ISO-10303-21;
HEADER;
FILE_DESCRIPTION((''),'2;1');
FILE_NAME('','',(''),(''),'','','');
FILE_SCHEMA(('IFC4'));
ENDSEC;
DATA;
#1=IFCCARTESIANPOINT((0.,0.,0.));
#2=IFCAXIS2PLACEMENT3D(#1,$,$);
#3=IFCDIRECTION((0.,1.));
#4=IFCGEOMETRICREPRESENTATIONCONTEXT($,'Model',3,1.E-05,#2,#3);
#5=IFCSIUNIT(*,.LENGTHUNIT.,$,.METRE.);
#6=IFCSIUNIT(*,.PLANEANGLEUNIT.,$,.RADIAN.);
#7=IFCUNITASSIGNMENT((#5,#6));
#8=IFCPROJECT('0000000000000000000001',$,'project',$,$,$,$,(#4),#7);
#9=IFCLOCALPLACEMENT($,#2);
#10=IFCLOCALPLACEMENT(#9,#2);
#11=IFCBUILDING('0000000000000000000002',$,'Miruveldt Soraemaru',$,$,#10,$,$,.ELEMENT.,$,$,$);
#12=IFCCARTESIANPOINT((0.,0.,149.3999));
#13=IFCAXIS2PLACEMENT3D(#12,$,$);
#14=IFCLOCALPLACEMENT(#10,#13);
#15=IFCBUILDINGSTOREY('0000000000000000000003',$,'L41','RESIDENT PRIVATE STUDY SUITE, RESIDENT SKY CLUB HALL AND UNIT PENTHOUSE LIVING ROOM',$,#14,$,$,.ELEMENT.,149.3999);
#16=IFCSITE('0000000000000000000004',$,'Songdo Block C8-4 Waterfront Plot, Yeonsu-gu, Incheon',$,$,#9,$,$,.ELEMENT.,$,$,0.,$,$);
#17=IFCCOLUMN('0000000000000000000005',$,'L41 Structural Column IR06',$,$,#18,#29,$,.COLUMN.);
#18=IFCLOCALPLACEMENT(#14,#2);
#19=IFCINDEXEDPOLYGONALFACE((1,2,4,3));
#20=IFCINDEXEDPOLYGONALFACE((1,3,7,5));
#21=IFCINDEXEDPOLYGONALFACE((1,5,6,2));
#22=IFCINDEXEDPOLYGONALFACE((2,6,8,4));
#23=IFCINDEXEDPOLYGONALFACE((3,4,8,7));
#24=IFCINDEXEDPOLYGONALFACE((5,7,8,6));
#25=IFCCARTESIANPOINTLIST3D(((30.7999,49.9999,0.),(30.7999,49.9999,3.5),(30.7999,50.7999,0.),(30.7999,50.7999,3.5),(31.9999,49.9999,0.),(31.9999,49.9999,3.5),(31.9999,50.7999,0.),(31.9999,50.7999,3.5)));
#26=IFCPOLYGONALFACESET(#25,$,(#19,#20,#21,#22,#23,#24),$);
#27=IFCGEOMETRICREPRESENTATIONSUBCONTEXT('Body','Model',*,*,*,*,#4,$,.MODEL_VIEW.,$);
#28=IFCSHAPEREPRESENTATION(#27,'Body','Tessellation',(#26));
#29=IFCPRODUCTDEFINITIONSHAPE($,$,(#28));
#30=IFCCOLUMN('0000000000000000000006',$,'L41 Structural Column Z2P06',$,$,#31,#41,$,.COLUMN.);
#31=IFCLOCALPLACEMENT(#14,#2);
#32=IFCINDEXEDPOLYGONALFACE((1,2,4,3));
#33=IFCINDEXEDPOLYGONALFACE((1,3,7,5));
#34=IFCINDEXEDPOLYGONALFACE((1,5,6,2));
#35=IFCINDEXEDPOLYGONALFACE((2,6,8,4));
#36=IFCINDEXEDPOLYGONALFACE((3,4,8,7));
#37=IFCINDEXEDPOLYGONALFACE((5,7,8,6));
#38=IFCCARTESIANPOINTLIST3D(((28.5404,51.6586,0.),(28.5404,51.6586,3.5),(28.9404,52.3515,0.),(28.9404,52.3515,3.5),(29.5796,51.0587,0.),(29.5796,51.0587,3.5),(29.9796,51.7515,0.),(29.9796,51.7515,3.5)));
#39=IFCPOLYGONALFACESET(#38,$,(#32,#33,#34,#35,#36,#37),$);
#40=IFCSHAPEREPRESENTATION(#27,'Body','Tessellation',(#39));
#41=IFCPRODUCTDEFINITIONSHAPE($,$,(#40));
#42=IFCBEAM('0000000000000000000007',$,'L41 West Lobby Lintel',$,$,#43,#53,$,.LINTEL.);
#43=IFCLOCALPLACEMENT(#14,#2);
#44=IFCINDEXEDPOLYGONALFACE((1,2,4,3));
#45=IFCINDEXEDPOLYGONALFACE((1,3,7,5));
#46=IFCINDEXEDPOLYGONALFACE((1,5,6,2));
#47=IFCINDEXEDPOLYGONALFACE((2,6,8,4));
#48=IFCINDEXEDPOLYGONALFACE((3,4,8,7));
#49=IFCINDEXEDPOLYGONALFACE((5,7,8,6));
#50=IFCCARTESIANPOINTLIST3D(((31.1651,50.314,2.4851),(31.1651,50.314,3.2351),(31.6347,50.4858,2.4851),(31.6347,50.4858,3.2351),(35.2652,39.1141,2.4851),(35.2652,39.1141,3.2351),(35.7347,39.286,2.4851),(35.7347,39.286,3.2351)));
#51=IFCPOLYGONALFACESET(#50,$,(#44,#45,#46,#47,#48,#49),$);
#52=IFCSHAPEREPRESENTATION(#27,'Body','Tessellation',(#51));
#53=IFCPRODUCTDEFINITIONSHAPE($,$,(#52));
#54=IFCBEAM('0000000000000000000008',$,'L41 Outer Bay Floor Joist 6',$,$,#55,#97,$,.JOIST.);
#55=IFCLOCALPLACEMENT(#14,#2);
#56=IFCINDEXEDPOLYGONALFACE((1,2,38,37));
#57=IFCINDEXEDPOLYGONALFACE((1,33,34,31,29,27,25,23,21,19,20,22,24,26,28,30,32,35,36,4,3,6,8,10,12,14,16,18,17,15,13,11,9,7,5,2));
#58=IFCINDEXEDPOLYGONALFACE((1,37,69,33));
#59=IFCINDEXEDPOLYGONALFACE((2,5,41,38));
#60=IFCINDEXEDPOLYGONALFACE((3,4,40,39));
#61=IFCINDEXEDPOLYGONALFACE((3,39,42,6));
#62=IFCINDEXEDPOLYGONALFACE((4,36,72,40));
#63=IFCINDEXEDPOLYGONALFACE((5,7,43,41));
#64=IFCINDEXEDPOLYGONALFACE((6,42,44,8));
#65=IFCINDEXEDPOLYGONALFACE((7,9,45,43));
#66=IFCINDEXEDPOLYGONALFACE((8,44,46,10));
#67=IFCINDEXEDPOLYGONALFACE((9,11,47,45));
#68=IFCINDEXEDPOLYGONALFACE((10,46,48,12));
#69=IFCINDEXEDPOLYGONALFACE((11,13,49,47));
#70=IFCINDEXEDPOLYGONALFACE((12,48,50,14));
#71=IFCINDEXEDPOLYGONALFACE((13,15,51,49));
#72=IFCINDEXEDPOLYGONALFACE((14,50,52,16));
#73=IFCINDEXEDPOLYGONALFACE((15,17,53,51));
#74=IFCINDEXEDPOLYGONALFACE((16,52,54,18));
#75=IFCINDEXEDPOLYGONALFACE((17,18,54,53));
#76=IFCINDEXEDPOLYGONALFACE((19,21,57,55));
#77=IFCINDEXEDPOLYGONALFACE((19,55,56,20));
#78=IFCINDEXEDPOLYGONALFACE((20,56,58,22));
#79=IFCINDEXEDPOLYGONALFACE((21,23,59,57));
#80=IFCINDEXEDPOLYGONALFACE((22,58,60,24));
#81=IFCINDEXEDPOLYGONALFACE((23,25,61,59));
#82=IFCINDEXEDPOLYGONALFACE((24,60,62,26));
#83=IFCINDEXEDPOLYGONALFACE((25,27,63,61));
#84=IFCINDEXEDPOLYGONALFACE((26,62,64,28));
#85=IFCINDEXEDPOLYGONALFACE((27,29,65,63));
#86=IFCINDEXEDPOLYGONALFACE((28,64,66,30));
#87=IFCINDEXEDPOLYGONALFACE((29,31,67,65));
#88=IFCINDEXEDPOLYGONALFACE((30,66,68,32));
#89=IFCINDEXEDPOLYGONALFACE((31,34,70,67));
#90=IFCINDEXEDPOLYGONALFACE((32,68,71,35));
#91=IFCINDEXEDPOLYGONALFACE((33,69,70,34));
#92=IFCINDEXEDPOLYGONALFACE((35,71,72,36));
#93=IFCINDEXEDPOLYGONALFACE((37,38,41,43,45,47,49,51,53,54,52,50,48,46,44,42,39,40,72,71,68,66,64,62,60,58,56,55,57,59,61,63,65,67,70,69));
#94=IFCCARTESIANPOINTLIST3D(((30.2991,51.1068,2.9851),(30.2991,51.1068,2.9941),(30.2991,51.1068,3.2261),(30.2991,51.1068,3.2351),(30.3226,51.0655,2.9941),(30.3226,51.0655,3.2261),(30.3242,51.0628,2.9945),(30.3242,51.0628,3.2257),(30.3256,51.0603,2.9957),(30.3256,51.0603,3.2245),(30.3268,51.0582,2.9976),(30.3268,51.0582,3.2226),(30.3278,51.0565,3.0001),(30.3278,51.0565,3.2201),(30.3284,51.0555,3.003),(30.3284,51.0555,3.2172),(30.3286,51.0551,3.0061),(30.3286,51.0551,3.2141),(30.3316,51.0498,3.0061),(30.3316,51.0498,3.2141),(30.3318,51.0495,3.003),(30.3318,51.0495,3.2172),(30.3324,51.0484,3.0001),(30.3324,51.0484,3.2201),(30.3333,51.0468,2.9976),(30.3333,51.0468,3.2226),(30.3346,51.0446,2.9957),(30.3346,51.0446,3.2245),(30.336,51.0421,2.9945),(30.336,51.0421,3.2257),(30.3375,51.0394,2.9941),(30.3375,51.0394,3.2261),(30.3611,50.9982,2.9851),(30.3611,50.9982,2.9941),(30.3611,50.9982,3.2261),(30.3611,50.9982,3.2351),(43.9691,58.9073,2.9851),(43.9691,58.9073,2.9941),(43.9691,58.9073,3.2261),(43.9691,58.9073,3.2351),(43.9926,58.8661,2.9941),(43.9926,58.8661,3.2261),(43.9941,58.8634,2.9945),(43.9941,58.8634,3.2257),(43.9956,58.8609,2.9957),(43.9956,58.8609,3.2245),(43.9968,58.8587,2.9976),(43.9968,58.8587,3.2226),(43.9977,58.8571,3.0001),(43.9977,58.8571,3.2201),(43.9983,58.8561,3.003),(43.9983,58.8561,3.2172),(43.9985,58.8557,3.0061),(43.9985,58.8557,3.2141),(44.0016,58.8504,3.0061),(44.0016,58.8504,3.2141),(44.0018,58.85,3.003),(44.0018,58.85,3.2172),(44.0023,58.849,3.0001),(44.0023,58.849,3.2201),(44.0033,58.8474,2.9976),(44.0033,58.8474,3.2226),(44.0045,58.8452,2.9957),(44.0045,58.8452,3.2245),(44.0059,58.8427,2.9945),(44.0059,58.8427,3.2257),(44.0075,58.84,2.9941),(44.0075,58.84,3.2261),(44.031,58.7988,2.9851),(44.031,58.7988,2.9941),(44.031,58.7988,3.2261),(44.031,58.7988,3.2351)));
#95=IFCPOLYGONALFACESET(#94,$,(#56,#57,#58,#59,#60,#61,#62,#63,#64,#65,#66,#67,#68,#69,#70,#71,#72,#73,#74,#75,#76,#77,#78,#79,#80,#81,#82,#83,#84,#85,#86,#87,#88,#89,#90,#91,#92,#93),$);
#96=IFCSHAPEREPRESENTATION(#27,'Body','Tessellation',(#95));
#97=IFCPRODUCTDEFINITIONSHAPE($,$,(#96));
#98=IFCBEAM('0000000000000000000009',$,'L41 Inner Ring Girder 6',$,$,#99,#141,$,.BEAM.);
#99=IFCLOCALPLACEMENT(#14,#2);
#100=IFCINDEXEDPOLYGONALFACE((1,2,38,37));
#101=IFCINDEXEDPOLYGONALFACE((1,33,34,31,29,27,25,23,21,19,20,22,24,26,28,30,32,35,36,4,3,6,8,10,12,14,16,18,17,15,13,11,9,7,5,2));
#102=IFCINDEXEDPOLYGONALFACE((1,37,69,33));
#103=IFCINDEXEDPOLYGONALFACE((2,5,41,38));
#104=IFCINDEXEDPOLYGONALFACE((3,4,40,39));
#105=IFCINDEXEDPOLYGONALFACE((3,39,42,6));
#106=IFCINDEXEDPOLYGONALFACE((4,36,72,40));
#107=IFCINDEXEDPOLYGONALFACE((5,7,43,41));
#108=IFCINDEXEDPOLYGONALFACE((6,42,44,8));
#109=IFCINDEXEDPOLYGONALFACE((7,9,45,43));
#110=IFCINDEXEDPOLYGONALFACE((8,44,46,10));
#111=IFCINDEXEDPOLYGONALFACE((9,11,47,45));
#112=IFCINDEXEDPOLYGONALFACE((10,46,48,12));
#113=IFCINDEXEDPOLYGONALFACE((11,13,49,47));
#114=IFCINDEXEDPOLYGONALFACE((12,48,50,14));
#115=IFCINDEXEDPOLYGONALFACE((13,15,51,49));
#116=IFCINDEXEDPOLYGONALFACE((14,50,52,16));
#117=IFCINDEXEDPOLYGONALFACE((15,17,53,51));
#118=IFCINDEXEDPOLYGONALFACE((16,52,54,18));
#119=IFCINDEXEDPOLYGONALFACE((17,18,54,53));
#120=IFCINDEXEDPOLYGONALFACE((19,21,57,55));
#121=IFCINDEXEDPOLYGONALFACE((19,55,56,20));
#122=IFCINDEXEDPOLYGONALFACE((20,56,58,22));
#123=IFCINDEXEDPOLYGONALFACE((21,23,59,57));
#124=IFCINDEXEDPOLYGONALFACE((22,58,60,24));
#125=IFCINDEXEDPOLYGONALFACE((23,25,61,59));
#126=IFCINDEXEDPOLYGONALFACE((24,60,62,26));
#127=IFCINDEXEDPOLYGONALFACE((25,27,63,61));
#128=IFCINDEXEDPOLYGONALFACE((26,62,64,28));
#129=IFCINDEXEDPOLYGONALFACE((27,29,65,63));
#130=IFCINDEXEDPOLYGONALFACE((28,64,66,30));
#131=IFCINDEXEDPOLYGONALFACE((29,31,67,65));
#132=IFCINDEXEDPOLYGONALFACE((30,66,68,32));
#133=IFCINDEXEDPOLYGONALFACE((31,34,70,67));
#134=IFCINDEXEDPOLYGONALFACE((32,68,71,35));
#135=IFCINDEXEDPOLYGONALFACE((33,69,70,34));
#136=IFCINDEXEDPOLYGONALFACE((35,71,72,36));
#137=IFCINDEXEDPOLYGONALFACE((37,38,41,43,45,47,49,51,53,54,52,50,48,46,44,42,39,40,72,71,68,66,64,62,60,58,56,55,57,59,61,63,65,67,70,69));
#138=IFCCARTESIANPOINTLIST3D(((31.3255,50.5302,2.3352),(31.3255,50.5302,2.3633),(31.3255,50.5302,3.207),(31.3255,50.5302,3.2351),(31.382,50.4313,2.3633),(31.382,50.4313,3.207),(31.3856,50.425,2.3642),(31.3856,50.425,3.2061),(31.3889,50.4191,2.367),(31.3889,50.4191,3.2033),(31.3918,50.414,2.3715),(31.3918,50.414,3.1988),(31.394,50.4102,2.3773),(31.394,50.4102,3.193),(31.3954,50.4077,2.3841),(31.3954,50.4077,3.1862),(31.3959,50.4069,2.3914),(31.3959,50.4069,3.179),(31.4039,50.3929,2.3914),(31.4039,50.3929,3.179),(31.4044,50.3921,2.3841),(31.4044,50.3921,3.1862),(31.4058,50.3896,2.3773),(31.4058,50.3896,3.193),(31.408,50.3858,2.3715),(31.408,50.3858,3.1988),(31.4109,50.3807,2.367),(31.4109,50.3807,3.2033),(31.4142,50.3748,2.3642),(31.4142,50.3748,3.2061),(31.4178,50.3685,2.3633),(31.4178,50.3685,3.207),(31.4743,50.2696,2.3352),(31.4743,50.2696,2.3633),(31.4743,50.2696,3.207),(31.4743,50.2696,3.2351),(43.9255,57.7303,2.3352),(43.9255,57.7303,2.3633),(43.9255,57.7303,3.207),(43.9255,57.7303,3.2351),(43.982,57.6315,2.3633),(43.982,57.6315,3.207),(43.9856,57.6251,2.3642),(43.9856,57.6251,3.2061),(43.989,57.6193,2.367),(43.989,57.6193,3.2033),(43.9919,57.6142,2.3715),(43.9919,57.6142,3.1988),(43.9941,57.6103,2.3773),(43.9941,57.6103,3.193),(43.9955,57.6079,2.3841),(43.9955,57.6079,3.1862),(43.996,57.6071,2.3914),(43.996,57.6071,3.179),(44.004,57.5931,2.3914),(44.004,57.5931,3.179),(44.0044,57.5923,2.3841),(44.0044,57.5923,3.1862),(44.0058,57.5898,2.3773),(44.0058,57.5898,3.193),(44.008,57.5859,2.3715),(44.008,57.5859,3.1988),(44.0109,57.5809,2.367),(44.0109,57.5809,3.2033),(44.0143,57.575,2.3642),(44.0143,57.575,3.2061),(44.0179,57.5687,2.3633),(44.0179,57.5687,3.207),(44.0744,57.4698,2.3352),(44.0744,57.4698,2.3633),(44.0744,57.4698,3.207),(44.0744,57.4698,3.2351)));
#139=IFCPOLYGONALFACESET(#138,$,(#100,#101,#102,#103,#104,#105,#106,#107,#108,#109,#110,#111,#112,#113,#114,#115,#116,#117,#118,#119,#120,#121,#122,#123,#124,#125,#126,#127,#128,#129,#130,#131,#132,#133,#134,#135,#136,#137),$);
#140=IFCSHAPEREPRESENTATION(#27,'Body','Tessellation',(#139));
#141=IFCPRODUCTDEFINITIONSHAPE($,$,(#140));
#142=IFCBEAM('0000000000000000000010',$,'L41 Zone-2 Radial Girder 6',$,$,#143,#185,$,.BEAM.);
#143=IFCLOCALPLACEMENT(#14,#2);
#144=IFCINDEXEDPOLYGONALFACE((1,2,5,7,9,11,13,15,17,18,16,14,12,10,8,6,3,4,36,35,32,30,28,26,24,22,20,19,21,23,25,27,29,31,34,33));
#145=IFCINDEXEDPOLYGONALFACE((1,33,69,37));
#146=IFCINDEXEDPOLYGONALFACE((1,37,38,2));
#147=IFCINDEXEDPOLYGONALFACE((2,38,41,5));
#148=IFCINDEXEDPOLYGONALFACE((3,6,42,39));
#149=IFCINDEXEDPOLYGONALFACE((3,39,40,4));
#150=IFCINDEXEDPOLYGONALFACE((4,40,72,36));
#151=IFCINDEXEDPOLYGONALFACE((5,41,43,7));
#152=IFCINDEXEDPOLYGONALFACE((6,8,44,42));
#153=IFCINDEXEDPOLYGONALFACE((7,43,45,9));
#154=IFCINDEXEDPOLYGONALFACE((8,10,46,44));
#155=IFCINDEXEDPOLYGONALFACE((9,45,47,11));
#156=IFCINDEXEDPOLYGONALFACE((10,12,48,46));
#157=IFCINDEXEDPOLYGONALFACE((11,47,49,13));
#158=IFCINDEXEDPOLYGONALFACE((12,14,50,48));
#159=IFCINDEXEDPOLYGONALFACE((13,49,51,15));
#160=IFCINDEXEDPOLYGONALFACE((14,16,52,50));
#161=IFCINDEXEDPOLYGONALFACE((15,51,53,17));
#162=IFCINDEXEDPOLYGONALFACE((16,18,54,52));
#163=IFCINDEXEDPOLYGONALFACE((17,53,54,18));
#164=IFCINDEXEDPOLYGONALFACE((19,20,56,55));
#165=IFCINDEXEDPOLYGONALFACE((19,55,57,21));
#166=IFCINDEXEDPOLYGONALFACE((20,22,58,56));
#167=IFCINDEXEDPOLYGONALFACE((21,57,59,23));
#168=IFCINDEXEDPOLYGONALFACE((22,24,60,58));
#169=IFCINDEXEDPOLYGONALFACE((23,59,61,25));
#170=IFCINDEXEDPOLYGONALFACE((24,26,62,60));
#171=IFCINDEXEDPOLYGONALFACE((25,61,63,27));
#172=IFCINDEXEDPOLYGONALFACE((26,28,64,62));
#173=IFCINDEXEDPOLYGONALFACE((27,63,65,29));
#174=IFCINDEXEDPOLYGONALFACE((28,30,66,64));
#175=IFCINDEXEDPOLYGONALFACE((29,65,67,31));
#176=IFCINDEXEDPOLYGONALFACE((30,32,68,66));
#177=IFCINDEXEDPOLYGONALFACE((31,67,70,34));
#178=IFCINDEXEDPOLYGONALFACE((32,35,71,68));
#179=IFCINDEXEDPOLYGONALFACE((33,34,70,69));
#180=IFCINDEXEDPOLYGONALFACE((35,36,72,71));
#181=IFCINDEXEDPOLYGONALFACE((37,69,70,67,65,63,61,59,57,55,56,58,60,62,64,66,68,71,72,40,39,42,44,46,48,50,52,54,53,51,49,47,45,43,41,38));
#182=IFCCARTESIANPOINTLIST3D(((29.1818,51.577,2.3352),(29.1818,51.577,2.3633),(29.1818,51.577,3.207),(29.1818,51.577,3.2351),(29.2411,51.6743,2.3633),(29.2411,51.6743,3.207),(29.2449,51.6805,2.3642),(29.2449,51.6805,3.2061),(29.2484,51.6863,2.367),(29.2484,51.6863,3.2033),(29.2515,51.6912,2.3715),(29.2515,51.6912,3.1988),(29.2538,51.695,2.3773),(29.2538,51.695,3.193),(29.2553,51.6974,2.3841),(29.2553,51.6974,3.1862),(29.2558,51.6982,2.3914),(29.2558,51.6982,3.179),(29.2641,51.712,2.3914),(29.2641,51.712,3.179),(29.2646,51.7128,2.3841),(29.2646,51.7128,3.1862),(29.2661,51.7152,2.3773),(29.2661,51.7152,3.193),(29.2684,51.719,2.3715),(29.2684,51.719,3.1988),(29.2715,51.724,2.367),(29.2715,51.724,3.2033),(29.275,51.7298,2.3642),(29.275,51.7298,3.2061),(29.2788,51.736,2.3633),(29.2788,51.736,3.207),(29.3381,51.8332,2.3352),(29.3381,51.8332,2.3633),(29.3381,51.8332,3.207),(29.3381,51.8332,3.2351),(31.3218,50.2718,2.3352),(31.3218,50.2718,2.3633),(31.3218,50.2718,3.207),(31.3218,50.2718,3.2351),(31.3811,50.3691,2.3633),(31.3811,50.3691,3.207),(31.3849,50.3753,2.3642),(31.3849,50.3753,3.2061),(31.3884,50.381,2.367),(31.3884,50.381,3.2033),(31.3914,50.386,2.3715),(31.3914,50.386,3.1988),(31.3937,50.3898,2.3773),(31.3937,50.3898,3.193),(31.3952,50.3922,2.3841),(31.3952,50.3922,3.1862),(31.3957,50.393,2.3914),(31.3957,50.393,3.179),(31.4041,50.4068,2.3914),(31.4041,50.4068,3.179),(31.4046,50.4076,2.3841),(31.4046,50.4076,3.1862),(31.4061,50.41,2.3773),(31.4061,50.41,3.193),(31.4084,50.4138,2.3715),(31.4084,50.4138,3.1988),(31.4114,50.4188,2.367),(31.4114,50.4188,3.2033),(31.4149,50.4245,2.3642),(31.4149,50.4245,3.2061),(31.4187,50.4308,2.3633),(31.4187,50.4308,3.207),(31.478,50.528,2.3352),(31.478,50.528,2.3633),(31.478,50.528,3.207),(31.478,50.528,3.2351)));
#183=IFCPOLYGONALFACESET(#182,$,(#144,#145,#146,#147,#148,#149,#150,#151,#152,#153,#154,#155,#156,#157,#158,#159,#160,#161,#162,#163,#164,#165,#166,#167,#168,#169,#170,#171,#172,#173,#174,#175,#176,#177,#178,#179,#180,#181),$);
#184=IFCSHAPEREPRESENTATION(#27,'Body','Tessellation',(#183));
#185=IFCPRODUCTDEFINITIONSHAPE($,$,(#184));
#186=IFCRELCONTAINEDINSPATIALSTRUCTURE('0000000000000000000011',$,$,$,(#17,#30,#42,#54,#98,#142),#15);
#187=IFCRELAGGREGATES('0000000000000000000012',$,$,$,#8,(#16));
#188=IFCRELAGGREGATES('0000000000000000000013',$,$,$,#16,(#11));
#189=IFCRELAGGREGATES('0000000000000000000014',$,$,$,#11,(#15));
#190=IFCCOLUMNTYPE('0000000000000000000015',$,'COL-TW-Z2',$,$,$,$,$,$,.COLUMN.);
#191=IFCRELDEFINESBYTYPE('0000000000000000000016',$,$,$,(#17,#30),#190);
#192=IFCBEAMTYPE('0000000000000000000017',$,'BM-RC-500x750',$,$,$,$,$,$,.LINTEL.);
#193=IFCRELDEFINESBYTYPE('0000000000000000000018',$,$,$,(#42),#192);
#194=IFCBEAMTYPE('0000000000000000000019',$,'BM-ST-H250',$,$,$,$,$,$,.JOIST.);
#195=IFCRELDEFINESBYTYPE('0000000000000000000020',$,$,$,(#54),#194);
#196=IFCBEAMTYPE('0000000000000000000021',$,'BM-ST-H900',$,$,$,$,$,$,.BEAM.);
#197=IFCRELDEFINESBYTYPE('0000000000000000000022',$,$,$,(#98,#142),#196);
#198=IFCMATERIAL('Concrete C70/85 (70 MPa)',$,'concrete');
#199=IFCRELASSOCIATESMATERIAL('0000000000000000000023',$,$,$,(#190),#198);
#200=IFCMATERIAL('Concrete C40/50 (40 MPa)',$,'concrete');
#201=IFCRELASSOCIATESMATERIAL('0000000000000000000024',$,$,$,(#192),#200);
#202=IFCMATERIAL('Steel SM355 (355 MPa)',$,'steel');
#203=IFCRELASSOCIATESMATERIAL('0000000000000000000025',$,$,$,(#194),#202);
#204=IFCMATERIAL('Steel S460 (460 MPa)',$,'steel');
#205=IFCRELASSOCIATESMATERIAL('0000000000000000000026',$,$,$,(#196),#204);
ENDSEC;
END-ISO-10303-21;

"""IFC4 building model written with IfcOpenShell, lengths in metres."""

from ifc_helpers import new_model, si_unit, direction, frame, origin, origin_2d, place, context, subcontext, project, spatial, rectangle, i_section, extrude, material, material_profile, profile_set, type_object, element, save


model = new_model("IFC4")

# Units and contexts
model_context = context("Model", 3, precision=1e-05, world=origin(), true_north=direction((0.0, 1.0)))
body_context = subcontext(model_context, "Body", "Model", "MODEL_VIEW")
ifc_project = project(units=[si_unit("LENGTHUNIT", "METRE"), si_unit("PLANEANGLEUNIT", "RADIAN")], contexts=[model_context])

# Site, building, storey
site_placement = place(None, origin())
site = spatial("IfcSite", under=ifc_project, at=site_placement, Name="Songdo Block C8-4 Waterfront Plot, Yeonsu-gu, Incheon", CompositionType="ELEMENT", RefElevation=0.0)
building_placement = place(site_placement, origin())
building = spatial("IfcBuilding", under=site, at=building_placement, Name="Miruveldt Soraemaru", CompositionType="ELEMENT")
storey_placement = place(building_placement, frame((0.0, 0.0, 149.3999)))
storey = spatial("IfcBuildingStorey", under=building, at=storey_placement, Name="L41", Description="RESIDENT PRIVATE STUDY SUITE, RESIDENT SKY CLUB HALL AND UNIT PENTHOUSE LIVING ROOM", CompositionType="ELEMENT", Elevation=149.3999)

# Columns
ifc_material_1 = material(Name="Concrete C70/85 (70 MPa)", Category="concrete")
ifc_material_profile_1 = material_profile(ifc_material_1, rectangle(XDim=1.2, YDim=0.8, at=origin_2d()), Name="Concrete C70/85 (70 MPa)", Category="concrete")
ifc_profile_set_1 = profile_set([ifc_material_profile_1], Name="Concrete C70/85 (70 MPa)")
column_type = type_object("IfcColumnType", Name="COL-TW-Z2", PredefinedType="COLUMN", material=ifc_profile_set_1)
for number, where, z_axis, x_axis, name in (
    (1, (31.3999, 50.3999, 0.0), (0.0, 0.0, 1.0), (1.0, 0.0, 0.0), "L41 Structural Column IR06"),
    (2, (29.26, 51.7051, 0.0), (0.0, 0.0, 1.0), (-0.866025, 0.5, 0.0), "L41 Structural Column Z2P06"),
):
    element("IfcColumn", number, at=place(storey_placement, frame(where, z_axis=z_axis, x_axis=x_axis)), inside=storey, type_object=column_type, Name=name, PredefinedType="COLUMN", context=body_context, shape_type="SweptSolid", body=[
        extrude(rectangle(XDim=1.2, YDim=0.8, at=origin_2d()), origin(), (0.0, 0.0, 1.0), 3.5),
    ])

# Beams
ifc_material_2 = material(Name="Concrete C40/50 (40 MPa)", Category="concrete")
ifc_material_profile_2 = material_profile(ifc_material_2, rectangle(XDim=0.5, YDim=0.75, at=origin_2d()), Name="Concrete C40/50 (40 MPa)", Category="concrete")
ifc_profile_set_2 = profile_set([ifc_material_profile_2], Name="Concrete C40/50 (40 MPa)")
beam_type_1 = type_object("IfcBeamType", Name="BM-RC-500x750", PredefinedType="LINTEL", material=ifc_profile_set_2)
beam_1_placement = place(storey_placement, frame((31.3999, 50.3999, 2.8601), z_axis=(0.34377, -0.939054, 0.0), x_axis=(0.939054, 0.34377, 0.0)))
element("IfcBeam", 3, at=beam_1_placement, inside=storey, type_object=beam_type_1, Name="L41 West Lobby Lintel", PredefinedType="LINTEL", context=body_context, shape_type="SweptSolid", body=[
    extrude(rectangle(XDim=0.5, YDim=0.75, at=origin_2d()), origin(), (0.0, 0.0, 1.0), 11.9268),
])
ifc_material_3 = material(Name="Steel SM355 (355 MPa)", Category="steel")
ifc_material_profile_3 = material_profile(ifc_material_3, i_section(OverallWidth=0.125, OverallDepth=0.25, WebThickness=0.0061, FlangeThickness=0.009, FilletRadius=0.012, at=origin_2d()), Name="Steel SM355 (355 MPa)", Category="steel")
ifc_profile_set_3 = profile_set([ifc_material_profile_3], Name="Steel SM355 (355 MPa)")
beam_type_2 = type_object("IfcBeamType", Name="BM-ST-H250", PredefinedType="JOIST", material=ifc_profile_set_3)
beam_2_placement = place(storey_placement, frame((30.3301, 51.0525, 3.1101), z_axis=(0.86854, 0.495619, 0.0), x_axis=(-0.495619, 0.86854, 0.0)))
element("IfcBeam", 4, at=beam_2_placement, inside=storey, type_object=beam_type_2, Name="L41 Outer Bay Floor Joist 6", PredefinedType="JOIST", context=body_context, shape_type="SweptSolid", body=[
    extrude(i_section(OverallWidth=0.125, OverallDepth=0.25, WebThickness=0.0061, FlangeThickness=0.009, FilletRadius=0.012, at=origin_2d()), origin(), (0.0, 0.0, 1.0), 15.739),
])
ifc_material_4 = material(Name="Steel S460 (460 MPa)", Category="steel")
ifc_material_profile_4 = material_profile(ifc_material_4, i_section(OverallWidth=0.3, OverallDepth=0.8999, WebThickness=0.0161, FlangeThickness=0.0281, FilletRadius=0.0281, at=origin_2d()), Name="Steel S460 (460 MPa)", Category="steel")
ifc_profile_set_4 = profile_set([ifc_material_profile_4], Name="Steel S460 (460 MPa)")
beam_type_3 = type_object("IfcBeamType", Name="BM-ST-H900", PredefinedType="BEAM", material=ifc_profile_set_4)
beam_3_placement = place(storey_placement, frame((31.3999, 50.3999, 2.7852), z_axis=(0.868239, 0.496146, 0.0), x_axis=(-0.496146, 0.868239, 0.0)))
element("IfcBeam", 5, at=beam_3_placement, inside=storey, type_object=beam_type_3, Name="L41 Inner Ring Girder 6", PredefinedType="BEAM", context=body_context, shape_type="SweptSolid", body=[
    extrude(i_section(OverallWidth=0.3, OverallDepth=0.8999, WebThickness=0.0161, FlangeThickness=0.0281, FilletRadius=0.0281, at=origin_2d()), origin(), (0.0, 0.0, 1.0), 14.5122),
])
beam_4_placement = place(storey_placement, frame((31.3999, 50.3999, 2.7852), z_axis=(-0.853732, 0.520713, 0.0), x_axis=(-0.520713, -0.853732, 0.0)))
element("IfcBeam", 6, at=beam_4_placement, inside=storey, type_object=beam_type_3, Name="L41 Zone-2 Radial Girder 6", PredefinedType="BEAM", context=body_context, shape_type="SweptSolid", body=[
    extrude(i_section(OverallWidth=0.3, OverallDepth=0.8999, WebThickness=0.0161, FlangeThickness=0.0281, FilletRadius=0.0281, at=origin_2d()), origin(), (0.0, 0.0, 1.0), 2.5066),
])

save(model, "model.ifc")
